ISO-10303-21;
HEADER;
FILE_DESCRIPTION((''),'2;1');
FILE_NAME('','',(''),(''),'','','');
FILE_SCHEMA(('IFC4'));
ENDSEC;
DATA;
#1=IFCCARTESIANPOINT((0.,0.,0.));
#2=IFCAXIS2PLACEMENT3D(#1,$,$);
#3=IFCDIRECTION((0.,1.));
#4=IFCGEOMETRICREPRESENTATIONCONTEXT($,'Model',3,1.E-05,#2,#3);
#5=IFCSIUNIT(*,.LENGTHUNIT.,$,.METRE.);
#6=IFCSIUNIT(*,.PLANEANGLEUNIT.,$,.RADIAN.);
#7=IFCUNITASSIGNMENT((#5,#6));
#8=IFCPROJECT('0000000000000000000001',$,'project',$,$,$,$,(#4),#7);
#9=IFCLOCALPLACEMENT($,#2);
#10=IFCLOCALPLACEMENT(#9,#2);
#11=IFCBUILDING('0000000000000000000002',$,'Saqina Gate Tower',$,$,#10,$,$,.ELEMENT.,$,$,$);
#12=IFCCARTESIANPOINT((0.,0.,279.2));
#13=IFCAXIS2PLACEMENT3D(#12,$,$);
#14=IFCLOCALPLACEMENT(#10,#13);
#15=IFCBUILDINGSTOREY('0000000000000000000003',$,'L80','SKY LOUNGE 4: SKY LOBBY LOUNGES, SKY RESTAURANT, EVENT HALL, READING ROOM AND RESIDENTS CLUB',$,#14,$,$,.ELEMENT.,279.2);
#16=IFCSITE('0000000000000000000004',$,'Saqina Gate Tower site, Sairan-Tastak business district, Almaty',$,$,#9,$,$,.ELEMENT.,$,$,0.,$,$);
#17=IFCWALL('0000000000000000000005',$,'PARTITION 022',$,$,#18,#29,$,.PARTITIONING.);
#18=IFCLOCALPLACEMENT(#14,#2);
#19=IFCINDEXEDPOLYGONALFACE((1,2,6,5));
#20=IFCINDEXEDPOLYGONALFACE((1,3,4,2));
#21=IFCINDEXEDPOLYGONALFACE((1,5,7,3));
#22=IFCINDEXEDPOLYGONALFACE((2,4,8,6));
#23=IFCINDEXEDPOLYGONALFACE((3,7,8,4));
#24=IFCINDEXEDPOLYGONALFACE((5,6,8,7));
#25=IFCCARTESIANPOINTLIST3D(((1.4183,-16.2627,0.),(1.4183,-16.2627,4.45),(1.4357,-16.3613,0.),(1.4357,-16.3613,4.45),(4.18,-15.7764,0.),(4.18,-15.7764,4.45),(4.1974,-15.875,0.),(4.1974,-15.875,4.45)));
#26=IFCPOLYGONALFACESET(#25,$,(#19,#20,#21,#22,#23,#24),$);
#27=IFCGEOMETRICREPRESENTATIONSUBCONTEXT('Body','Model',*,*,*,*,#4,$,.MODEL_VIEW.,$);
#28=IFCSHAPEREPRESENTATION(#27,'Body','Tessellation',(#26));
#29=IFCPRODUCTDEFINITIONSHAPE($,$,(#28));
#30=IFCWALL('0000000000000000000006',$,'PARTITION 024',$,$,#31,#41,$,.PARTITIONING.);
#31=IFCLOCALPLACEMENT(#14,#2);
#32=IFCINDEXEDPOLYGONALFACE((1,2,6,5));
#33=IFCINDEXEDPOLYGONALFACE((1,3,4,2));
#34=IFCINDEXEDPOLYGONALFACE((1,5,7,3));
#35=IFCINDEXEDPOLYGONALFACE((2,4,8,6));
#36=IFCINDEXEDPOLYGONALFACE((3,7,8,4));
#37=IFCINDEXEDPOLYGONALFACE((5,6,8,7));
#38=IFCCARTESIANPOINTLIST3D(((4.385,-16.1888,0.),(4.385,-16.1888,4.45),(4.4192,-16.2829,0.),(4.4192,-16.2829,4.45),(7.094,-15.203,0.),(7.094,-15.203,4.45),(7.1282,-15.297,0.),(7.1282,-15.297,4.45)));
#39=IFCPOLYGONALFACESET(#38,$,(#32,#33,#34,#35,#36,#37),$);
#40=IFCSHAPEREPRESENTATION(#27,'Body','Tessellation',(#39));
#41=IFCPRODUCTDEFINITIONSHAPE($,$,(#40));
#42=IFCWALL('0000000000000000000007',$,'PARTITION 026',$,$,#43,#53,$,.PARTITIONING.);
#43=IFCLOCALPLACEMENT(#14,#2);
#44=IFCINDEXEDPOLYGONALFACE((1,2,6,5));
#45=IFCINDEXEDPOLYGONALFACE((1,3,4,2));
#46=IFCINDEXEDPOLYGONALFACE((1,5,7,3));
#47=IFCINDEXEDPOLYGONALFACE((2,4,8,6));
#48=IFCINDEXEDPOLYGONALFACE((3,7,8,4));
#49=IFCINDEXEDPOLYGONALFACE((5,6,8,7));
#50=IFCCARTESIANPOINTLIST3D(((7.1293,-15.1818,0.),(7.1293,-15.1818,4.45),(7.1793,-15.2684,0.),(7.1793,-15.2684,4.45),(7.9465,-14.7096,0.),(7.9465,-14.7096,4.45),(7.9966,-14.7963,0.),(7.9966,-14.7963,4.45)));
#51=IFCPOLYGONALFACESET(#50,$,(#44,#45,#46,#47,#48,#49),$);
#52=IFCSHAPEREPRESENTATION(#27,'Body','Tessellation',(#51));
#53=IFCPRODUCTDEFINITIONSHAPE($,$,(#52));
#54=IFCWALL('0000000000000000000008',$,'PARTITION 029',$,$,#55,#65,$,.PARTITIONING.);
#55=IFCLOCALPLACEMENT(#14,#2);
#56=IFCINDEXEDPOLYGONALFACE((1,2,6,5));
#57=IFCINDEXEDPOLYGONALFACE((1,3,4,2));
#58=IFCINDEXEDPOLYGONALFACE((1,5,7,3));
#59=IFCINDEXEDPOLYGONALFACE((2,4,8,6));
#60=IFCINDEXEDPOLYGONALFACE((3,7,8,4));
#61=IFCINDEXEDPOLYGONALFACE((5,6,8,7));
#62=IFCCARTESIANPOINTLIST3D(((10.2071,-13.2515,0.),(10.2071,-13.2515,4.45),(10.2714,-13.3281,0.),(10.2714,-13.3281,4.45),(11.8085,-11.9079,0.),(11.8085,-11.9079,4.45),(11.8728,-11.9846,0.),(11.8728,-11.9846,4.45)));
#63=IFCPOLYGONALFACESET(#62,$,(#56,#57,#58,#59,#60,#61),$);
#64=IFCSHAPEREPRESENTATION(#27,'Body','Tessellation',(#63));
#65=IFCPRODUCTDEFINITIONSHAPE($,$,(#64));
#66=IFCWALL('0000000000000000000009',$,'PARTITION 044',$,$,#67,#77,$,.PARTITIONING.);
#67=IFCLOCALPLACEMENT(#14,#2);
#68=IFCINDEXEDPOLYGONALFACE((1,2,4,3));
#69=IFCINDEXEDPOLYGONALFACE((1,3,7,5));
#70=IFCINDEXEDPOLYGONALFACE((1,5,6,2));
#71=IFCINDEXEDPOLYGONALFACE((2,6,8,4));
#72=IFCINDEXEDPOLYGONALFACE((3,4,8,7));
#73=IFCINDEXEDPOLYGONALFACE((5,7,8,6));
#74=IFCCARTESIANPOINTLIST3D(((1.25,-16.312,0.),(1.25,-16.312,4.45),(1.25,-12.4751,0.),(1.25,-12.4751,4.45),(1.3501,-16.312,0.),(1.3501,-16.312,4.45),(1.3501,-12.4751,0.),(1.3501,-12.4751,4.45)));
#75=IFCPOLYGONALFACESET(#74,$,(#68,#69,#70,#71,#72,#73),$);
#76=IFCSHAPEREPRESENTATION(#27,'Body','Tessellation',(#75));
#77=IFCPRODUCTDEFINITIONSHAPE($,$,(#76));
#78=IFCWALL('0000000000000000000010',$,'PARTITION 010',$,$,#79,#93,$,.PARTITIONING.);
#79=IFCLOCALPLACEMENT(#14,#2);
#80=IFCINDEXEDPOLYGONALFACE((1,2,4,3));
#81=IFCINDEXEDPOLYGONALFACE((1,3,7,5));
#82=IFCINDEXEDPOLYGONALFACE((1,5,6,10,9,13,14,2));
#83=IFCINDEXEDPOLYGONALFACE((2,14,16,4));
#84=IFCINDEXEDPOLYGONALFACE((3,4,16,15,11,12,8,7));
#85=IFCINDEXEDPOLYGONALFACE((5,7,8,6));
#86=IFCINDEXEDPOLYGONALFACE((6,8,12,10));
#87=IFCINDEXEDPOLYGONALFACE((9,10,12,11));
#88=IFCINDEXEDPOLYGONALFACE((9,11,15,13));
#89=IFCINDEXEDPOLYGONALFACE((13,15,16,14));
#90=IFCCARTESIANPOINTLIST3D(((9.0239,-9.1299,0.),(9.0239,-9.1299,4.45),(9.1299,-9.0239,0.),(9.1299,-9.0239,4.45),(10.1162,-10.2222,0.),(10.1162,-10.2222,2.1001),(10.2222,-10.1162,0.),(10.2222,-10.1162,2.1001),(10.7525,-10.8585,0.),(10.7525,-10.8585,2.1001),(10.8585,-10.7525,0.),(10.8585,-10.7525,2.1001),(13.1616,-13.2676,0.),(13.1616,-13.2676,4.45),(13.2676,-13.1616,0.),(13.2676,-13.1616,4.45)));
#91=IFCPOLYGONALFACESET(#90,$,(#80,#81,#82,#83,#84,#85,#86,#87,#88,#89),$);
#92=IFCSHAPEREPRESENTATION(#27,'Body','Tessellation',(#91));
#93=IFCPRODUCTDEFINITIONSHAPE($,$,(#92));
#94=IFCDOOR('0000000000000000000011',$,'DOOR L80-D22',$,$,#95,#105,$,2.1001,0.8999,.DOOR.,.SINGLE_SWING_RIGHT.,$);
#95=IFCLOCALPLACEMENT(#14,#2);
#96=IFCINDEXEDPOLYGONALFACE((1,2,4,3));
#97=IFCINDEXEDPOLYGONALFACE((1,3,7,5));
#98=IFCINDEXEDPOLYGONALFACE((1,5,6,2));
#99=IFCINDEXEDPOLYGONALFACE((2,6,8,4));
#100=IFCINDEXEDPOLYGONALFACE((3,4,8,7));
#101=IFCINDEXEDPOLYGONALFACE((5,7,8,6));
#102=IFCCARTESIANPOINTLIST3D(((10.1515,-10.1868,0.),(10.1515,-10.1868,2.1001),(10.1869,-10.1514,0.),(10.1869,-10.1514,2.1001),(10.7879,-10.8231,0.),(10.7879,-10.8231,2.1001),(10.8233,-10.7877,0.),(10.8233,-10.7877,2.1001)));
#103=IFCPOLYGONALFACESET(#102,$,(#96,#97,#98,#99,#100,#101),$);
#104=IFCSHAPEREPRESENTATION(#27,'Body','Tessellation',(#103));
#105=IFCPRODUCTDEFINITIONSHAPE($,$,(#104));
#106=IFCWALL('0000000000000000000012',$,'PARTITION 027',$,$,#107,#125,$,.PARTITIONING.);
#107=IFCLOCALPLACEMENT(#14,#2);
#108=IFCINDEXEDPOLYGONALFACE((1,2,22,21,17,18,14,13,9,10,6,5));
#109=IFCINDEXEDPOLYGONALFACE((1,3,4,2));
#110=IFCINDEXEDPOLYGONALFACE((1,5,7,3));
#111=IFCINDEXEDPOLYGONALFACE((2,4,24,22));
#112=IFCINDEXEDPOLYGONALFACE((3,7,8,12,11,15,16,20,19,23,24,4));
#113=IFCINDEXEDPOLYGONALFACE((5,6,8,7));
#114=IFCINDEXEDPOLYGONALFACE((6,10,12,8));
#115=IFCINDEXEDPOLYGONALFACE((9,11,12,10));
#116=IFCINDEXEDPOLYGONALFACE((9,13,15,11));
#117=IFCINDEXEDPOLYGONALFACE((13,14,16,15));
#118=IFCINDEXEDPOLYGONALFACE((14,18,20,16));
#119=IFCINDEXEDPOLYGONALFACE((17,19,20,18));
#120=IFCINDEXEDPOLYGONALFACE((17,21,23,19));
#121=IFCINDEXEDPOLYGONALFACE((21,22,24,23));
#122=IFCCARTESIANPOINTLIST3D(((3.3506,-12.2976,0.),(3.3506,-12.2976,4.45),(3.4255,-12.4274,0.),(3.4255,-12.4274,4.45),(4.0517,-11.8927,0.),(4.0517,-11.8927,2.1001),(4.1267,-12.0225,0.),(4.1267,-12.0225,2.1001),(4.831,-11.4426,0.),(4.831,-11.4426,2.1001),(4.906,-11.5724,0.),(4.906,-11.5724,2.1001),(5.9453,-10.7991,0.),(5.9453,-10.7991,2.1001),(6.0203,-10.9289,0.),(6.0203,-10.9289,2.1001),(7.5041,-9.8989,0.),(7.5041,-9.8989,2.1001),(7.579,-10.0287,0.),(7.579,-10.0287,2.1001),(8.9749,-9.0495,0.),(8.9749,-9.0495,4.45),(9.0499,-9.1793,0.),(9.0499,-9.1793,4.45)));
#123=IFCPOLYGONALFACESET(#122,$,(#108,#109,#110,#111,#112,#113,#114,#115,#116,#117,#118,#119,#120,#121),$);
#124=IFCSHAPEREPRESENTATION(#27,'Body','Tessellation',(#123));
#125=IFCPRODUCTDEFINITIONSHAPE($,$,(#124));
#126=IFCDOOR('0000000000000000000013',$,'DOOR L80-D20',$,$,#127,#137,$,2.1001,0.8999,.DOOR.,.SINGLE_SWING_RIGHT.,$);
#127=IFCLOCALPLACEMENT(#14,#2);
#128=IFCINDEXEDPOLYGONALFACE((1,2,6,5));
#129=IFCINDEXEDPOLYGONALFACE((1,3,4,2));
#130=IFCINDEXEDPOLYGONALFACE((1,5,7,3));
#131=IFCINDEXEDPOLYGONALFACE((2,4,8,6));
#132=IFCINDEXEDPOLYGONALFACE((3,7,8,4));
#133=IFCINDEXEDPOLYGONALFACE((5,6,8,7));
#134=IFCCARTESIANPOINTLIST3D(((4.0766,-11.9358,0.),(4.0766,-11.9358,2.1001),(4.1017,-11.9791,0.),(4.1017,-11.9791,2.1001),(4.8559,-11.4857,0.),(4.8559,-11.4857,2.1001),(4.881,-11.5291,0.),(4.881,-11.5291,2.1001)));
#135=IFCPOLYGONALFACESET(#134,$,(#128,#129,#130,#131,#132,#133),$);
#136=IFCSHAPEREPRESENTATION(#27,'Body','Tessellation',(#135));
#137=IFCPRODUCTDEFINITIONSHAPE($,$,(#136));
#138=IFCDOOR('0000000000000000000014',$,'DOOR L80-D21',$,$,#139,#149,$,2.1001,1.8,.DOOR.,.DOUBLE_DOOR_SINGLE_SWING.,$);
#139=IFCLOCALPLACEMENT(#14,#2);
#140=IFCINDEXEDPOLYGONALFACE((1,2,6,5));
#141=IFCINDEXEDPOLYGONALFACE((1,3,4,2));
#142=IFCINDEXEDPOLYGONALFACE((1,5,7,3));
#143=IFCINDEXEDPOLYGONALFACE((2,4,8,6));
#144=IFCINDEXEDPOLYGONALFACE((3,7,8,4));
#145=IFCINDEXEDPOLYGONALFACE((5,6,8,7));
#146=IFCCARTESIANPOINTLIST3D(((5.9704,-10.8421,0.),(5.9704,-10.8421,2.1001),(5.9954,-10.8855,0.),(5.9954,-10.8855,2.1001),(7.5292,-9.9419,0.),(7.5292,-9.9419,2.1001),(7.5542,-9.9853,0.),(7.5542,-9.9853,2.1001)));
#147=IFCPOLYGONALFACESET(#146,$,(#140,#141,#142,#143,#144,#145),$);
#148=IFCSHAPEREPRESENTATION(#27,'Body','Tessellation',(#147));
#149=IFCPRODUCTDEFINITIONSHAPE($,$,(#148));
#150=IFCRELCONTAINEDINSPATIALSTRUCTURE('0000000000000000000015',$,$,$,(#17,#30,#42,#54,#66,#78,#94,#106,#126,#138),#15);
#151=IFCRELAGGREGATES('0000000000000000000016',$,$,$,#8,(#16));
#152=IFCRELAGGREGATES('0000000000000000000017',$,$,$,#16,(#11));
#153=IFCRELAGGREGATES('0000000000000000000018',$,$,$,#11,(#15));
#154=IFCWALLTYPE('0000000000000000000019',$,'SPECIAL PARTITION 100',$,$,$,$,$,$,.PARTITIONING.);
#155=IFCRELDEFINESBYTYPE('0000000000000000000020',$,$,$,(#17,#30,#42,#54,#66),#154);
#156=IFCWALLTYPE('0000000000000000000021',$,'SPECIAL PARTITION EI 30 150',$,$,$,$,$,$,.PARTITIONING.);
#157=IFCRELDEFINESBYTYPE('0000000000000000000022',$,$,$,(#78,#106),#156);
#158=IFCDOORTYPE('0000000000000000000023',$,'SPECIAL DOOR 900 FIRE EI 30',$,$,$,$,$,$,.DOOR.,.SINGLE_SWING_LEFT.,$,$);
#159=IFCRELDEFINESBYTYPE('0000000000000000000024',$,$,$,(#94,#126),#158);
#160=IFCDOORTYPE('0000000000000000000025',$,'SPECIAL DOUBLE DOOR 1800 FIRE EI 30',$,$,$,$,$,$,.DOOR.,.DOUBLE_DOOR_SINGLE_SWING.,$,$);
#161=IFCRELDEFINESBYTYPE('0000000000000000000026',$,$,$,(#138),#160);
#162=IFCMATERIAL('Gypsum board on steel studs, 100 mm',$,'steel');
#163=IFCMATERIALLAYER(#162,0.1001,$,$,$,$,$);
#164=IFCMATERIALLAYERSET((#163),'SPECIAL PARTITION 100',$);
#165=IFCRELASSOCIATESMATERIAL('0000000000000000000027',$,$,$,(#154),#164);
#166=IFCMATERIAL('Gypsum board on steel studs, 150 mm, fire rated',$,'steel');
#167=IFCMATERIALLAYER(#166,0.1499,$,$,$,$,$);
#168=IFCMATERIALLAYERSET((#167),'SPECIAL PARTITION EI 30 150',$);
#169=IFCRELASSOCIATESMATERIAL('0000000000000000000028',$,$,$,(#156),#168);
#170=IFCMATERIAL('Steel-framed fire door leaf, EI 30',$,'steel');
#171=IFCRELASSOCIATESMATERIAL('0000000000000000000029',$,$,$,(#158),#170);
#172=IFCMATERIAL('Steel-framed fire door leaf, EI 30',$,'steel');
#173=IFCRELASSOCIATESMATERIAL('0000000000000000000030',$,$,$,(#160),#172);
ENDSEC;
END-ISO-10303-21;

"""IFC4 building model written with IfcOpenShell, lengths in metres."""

from ifc_helpers import new_model, si_unit, direction, frame, frame_2d, origin, place, context, subcontext, project, spatial, rectangle, extrude, material, layer, layer_set, type_object, element, fill, save


model = new_model("IFC4")

# Units and contexts
model_context = context("Model", 3, precision=1e-05, world=origin(), true_north=direction((0.0, 1.0)))
body_context = subcontext(model_context, "Body", "Model", "MODEL_VIEW")
ifc_project = project(units=[si_unit("LENGTHUNIT", "METRE"), si_unit("PLANEANGLEUNIT", "RADIAN")], contexts=[model_context])

# Site, building, storey
site_placement = place(None, origin())
site = spatial("IfcSite", under=ifc_project, at=site_placement, Name="Saqina Gate Tower site, Sairan-Tastak business district, Almaty", CompositionType="ELEMENT", RefElevation=0.0)
building_placement = place(site_placement, origin())
building = spatial("IfcBuilding", under=site, at=building_placement, Name="Saqina Gate Tower", CompositionType="ELEMENT")
storey_placement = place(building_placement, frame((0.0, 0.0, 279.2)))
storey = spatial("IfcBuildingStorey", under=building, at=storey_placement, Name="L80", Description="SKY LOUNGE 4: SKY LOBBY LOUNGES, SKY RESTAURANT, EVENT HALL, READING ROOM AND RESIDENTS CLUB", CompositionType="ELEMENT", Elevation=279.2)

# Walls
ifc_material_1 = material(Name="Gypsum board on steel studs, 100 mm", Category="steel")
ifc_layer_1 = layer(ifc_material_1, 0.1001)
ifc_layer_set_1 = layer_set([ifc_layer_1], Name="SPECIAL PARTITION 100")
wall_type_1 = type_object("IfcWallType", Name="SPECIAL PARTITION 100", PredefinedType="PARTITIONING", material=ifc_layer_set_1)
wall_1_placement = place(storey_placement, frame((1.427, -16.312, 0.0), z_axis=(0.0, 0.0, 1.0), x_axis=(0.984847, 0.173428, 0.0)))
element("IfcWall", 1, at=wall_1_placement, inside=storey, type_object=wall_type_1, Name="PARTITION 022", PredefinedType="PARTITIONING", context=body_context, shape_type="SweptSolid", body=[
    extrude(rectangle(XDim=2.8042, YDim=0.1001, at=frame_2d((1.4021, 0.0))), origin(), (0.0, 0.0, 1.0), 4.45),
])
wall_2_placement = place(storey_placement, frame((4.4021, -16.2358, 0.0), z_axis=(0.0, 0.0, 1.0), x_axis=(0.939709, 0.341974, 0.0)))
element("IfcWall", 2, at=wall_2_placement, inside=storey, type_object=wall_type_1, Name="PARTITION 024", PredefinedType="PARTITIONING", context=body_context, shape_type="SweptSolid", body=[
    extrude(rectangle(XDim=2.8828, YDim=0.1001, at=frame_2d((1.4414, 0.0))), origin(), (0.0, 0.0, 1.0), 4.45),
])
wall_3_placement = place(storey_placement, frame((7.1543, -15.2251, 0.0), z_axis=(0.0, 0.0, 1.0), x_axis=(0.86591, 0.5002, 0.0)))
element("IfcWall", 3, at=wall_3_placement, inside=storey, type_object=wall_type_1, Name="PARTITION 026", PredefinedType="PARTITIONING", context=body_context, shape_type="SweptSolid", body=[
    extrude(rectangle(XDim=0.9438, YDim=0.1001, at=frame_2d((0.4719, 0.0))), origin(), (0.0, 0.0, 1.0), 4.45),
])
wall_4_placement = place(storey_placement, frame((10.2393, -13.2898, 0.0), z_axis=(0.0, 0.0, 1.0), x_axis=(0.766082, 0.642743, 0.0)))
element("IfcWall", 4, at=wall_4_placement, inside=storey, type_object=wall_type_1, Name="PARTITION 029", PredefinedType="PARTITIONING", context=body_context, shape_type="SweptSolid", body=[
    extrude(rectangle(XDim=2.0903, YDim=0.1001, at=frame_2d((1.0452, 0.0))), origin(), (0.0, 0.0, 1.0), 4.45),
])
wall_5_placement = place(storey_placement, frame((1.3, -16.312, 0.0), z_axis=(0.0, 0.0, 1.0), x_axis=(0.0, 1.0, 0.0)))
element("IfcWall", 5, at=wall_5_placement, inside=storey, type_object=wall_type_1, Name="PARTITION 044", PredefinedType="PARTITIONING", context=body_context, shape_type="SweptSolid", body=[
    extrude(rectangle(XDim=3.8369, YDim=0.1001, at=frame_2d((1.9185, 0.0))), origin(), (0.0, 0.0, 1.0), 4.45),
])

# Wall, opening, door
ifc_material_2 = material(Name="Gypsum board on steel studs, 150 mm, fire rated", Category="steel")
ifc_layer_2 = layer(ifc_material_2, 0.1499)
ifc_layer_set_2 = layer_set([ifc_layer_2], Name="SPECIAL PARTITION EI 30 150")
wall_type_2 = type_object("IfcWallType", Name="SPECIAL PARTITION EI 30 150", PredefinedType="PARTITIONING", material=ifc_layer_set_2)
wall_6_placement = place(storey_placement, frame((9.0769, -9.0769, 0.0), z_axis=(0.0, 0.0, 1.0), x_axis=(0.707107, -0.707107, 0.0)))
wall_6 = element("IfcWall", 6, at=wall_6_placement, inside=storey, type_object=wall_type_2, Name="PARTITION 010", PredefinedType="PARTITIONING", context=body_context, shape_type="SweptSolid", body=[
    extrude(rectangle(XDim=5.8516, YDim=0.1499, at=frame_2d((2.9258, 0.0))), origin(), (0.0, 0.0, 1.0), 4.45),
])
opening_1_placement = place(wall_6_placement, frame((1.5447, 0.0, 0.0)))
opening_1 = element("IfcOpeningElement", 7, at=opening_1_placement, cuts=wall_6, PredefinedType="OPENING", context=body_context, shape_type="SweptSolid", body=[
    extrude(rectangle(XDim=0.8999, YDim=2.1001, at=frame_2d((0.45, 1.05))), frame((0.0, 0.0869, 0.0), z_axis=(0.0, -1.0, 0.0), x_axis=(1.0, 0.0, 0.0)), (0.0, 0.0, 1.0), 0.1738),
])
ifc_material_3 = material(Name="Steel-framed fire door leaf, EI 30", Category="steel")
door_type_1 = type_object("IfcDoorType", Name="SPECIAL DOOR 900 FIRE EI 30", OperationType="SINGLE_SWING_LEFT", PredefinedType="DOOR", material=ifc_material_3)
door_1_placement = place(opening_1_placement, frame((0.8999, 0.0, 0.0), z_axis=(0.0, 0.0, 1.0), x_axis=(-1.0, 0.0, 0.0)))
door_1 = element("IfcDoor", 8, at=door_1_placement, inside=storey, type_object=door_type_1, Name="DOOR L80-D22", OperationType="SINGLE_SWING_RIGHT", OverallHeight=2.1001, OverallWidth=0.8999, PredefinedType="DOOR", context=body_context, shape_type="SweptSolid", body=[
    extrude(rectangle(XDim=0.8999, YDim=2.1001, at=frame_2d((0.45, 1.05))), frame((0.0, 0.0249, 0.0), z_axis=(0.0, -1.0, 0.0), x_axis=(1.0, 0.0, 0.0)), (0.0, 0.0, 1.0), 0.05),
])
fill(opening_1, door_1)

# Wall, openings, doors
wall_7_placement = place(storey_placement, frame((3.3879, -12.3625, 0.0), z_axis=(0.0, 0.0, 1.0), x_axis=(0.865967, 0.500101, 0.0)))
wall_7 = element("IfcWall", 9, at=wall_7_placement, inside=storey, type_object=wall_type_2, Name="PARTITION 027", PredefinedType="PARTITIONING", context=body_context, shape_type="SweptSolid", body=[
    extrude(rectangle(XDim=6.4949, YDim=0.1499, at=frame_2d((3.2476, 0.0))), origin(), (0.0, 0.0, 1.0), 4.45),
])
opening_2_placement = place(wall_7_placement, frame((0.8098, 0.0, 0.0)))
opening_2 = element("IfcOpeningElement", 10, at=opening_2_placement, cuts=wall_7, PredefinedType="OPENING", context=body_context, shape_type="SweptSolid", body=[
    extrude(rectangle(XDim=0.8999, YDim=2.1001, at=frame_2d((0.45, 1.05))), frame((0.0, 0.0869, 0.0), z_axis=(0.0, -1.0, 0.0), x_axis=(1.0, 0.0, 0.0)), (0.0, 0.0, 1.0), 0.1738),
])
opening_3_placement = place(wall_7_placement, frame((2.9966, 0.0, 0.0)))
opening_3 = element("IfcOpeningElement", 11, at=opening_3_placement, cuts=wall_7, PredefinedType="OPENING", context=body_context, shape_type="SweptSolid", body=[
    extrude(rectangle(XDim=1.8, YDim=2.1001, at=frame_2d((0.8999, 1.05))), frame((0.0, 0.0869, 0.0), z_axis=(0.0, -1.0, 0.0), x_axis=(1.0, 0.0, 0.0)), (0.0, 0.0, 1.0), 0.1738),
])
door_2_placement = place(opening_2_placement, frame((0.8999, 0.0, 0.0), z_axis=(0.0, 0.0, 1.0), x_axis=(-1.0, 0.0, 0.0)))
door_2 = element("IfcDoor", 12, at=door_2_placement, inside=storey, type_object=door_type_1, Name="DOOR L80-D20", OperationType="SINGLE_SWING_RIGHT", OverallHeight=2.1001, OverallWidth=0.8999, PredefinedType="DOOR", context=body_context, shape_type="SweptSolid", body=[
    extrude(rectangle(XDim=0.8999, YDim=2.1001, at=frame_2d((0.45, 1.05))), frame((0.0, 0.0249, 0.0), z_axis=(0.0, -1.0, 0.0), x_axis=(1.0, 0.0, 0.0)), (0.0, 0.0, 1.0), 0.05),
])
fill(opening_2, door_2)
ifc_material_4 = material(Name="Steel-framed fire door leaf, EI 30", Category="steel")
door_type_2 = type_object("IfcDoorType", Name="SPECIAL DOUBLE DOOR 1800 FIRE EI 30", OperationType="DOUBLE_DOOR_SINGLE_SWING", PredefinedType="DOOR", material=ifc_material_4)
door_3_placement = place(opening_3_placement, frame((1.8, 0.0, 0.0), z_axis=(0.0, 0.0, 1.0), x_axis=(-1.0, 0.0, 0.0)))
door_3 = element("IfcDoor", 13, at=door_3_placement, inside=storey, type_object=door_type_2, Name="DOOR L80-D21", OperationType="DOUBLE_DOOR_SINGLE_SWING", OverallHeight=2.1001, OverallWidth=1.8, PredefinedType="DOOR", context=body_context, shape_type="SweptSolid", body=[
    extrude(rectangle(XDim=1.8, YDim=2.1001, at=frame_2d((0.8999, 1.05))), frame((0.0, 0.0249, 0.0), z_axis=(0.0, -1.0, 0.0), x_axis=(1.0, 0.0, 0.0)), (0.0, 0.0, 1.0), 0.05),
])
fill(opening_3, door_3)

save(model, "model.ifc")
